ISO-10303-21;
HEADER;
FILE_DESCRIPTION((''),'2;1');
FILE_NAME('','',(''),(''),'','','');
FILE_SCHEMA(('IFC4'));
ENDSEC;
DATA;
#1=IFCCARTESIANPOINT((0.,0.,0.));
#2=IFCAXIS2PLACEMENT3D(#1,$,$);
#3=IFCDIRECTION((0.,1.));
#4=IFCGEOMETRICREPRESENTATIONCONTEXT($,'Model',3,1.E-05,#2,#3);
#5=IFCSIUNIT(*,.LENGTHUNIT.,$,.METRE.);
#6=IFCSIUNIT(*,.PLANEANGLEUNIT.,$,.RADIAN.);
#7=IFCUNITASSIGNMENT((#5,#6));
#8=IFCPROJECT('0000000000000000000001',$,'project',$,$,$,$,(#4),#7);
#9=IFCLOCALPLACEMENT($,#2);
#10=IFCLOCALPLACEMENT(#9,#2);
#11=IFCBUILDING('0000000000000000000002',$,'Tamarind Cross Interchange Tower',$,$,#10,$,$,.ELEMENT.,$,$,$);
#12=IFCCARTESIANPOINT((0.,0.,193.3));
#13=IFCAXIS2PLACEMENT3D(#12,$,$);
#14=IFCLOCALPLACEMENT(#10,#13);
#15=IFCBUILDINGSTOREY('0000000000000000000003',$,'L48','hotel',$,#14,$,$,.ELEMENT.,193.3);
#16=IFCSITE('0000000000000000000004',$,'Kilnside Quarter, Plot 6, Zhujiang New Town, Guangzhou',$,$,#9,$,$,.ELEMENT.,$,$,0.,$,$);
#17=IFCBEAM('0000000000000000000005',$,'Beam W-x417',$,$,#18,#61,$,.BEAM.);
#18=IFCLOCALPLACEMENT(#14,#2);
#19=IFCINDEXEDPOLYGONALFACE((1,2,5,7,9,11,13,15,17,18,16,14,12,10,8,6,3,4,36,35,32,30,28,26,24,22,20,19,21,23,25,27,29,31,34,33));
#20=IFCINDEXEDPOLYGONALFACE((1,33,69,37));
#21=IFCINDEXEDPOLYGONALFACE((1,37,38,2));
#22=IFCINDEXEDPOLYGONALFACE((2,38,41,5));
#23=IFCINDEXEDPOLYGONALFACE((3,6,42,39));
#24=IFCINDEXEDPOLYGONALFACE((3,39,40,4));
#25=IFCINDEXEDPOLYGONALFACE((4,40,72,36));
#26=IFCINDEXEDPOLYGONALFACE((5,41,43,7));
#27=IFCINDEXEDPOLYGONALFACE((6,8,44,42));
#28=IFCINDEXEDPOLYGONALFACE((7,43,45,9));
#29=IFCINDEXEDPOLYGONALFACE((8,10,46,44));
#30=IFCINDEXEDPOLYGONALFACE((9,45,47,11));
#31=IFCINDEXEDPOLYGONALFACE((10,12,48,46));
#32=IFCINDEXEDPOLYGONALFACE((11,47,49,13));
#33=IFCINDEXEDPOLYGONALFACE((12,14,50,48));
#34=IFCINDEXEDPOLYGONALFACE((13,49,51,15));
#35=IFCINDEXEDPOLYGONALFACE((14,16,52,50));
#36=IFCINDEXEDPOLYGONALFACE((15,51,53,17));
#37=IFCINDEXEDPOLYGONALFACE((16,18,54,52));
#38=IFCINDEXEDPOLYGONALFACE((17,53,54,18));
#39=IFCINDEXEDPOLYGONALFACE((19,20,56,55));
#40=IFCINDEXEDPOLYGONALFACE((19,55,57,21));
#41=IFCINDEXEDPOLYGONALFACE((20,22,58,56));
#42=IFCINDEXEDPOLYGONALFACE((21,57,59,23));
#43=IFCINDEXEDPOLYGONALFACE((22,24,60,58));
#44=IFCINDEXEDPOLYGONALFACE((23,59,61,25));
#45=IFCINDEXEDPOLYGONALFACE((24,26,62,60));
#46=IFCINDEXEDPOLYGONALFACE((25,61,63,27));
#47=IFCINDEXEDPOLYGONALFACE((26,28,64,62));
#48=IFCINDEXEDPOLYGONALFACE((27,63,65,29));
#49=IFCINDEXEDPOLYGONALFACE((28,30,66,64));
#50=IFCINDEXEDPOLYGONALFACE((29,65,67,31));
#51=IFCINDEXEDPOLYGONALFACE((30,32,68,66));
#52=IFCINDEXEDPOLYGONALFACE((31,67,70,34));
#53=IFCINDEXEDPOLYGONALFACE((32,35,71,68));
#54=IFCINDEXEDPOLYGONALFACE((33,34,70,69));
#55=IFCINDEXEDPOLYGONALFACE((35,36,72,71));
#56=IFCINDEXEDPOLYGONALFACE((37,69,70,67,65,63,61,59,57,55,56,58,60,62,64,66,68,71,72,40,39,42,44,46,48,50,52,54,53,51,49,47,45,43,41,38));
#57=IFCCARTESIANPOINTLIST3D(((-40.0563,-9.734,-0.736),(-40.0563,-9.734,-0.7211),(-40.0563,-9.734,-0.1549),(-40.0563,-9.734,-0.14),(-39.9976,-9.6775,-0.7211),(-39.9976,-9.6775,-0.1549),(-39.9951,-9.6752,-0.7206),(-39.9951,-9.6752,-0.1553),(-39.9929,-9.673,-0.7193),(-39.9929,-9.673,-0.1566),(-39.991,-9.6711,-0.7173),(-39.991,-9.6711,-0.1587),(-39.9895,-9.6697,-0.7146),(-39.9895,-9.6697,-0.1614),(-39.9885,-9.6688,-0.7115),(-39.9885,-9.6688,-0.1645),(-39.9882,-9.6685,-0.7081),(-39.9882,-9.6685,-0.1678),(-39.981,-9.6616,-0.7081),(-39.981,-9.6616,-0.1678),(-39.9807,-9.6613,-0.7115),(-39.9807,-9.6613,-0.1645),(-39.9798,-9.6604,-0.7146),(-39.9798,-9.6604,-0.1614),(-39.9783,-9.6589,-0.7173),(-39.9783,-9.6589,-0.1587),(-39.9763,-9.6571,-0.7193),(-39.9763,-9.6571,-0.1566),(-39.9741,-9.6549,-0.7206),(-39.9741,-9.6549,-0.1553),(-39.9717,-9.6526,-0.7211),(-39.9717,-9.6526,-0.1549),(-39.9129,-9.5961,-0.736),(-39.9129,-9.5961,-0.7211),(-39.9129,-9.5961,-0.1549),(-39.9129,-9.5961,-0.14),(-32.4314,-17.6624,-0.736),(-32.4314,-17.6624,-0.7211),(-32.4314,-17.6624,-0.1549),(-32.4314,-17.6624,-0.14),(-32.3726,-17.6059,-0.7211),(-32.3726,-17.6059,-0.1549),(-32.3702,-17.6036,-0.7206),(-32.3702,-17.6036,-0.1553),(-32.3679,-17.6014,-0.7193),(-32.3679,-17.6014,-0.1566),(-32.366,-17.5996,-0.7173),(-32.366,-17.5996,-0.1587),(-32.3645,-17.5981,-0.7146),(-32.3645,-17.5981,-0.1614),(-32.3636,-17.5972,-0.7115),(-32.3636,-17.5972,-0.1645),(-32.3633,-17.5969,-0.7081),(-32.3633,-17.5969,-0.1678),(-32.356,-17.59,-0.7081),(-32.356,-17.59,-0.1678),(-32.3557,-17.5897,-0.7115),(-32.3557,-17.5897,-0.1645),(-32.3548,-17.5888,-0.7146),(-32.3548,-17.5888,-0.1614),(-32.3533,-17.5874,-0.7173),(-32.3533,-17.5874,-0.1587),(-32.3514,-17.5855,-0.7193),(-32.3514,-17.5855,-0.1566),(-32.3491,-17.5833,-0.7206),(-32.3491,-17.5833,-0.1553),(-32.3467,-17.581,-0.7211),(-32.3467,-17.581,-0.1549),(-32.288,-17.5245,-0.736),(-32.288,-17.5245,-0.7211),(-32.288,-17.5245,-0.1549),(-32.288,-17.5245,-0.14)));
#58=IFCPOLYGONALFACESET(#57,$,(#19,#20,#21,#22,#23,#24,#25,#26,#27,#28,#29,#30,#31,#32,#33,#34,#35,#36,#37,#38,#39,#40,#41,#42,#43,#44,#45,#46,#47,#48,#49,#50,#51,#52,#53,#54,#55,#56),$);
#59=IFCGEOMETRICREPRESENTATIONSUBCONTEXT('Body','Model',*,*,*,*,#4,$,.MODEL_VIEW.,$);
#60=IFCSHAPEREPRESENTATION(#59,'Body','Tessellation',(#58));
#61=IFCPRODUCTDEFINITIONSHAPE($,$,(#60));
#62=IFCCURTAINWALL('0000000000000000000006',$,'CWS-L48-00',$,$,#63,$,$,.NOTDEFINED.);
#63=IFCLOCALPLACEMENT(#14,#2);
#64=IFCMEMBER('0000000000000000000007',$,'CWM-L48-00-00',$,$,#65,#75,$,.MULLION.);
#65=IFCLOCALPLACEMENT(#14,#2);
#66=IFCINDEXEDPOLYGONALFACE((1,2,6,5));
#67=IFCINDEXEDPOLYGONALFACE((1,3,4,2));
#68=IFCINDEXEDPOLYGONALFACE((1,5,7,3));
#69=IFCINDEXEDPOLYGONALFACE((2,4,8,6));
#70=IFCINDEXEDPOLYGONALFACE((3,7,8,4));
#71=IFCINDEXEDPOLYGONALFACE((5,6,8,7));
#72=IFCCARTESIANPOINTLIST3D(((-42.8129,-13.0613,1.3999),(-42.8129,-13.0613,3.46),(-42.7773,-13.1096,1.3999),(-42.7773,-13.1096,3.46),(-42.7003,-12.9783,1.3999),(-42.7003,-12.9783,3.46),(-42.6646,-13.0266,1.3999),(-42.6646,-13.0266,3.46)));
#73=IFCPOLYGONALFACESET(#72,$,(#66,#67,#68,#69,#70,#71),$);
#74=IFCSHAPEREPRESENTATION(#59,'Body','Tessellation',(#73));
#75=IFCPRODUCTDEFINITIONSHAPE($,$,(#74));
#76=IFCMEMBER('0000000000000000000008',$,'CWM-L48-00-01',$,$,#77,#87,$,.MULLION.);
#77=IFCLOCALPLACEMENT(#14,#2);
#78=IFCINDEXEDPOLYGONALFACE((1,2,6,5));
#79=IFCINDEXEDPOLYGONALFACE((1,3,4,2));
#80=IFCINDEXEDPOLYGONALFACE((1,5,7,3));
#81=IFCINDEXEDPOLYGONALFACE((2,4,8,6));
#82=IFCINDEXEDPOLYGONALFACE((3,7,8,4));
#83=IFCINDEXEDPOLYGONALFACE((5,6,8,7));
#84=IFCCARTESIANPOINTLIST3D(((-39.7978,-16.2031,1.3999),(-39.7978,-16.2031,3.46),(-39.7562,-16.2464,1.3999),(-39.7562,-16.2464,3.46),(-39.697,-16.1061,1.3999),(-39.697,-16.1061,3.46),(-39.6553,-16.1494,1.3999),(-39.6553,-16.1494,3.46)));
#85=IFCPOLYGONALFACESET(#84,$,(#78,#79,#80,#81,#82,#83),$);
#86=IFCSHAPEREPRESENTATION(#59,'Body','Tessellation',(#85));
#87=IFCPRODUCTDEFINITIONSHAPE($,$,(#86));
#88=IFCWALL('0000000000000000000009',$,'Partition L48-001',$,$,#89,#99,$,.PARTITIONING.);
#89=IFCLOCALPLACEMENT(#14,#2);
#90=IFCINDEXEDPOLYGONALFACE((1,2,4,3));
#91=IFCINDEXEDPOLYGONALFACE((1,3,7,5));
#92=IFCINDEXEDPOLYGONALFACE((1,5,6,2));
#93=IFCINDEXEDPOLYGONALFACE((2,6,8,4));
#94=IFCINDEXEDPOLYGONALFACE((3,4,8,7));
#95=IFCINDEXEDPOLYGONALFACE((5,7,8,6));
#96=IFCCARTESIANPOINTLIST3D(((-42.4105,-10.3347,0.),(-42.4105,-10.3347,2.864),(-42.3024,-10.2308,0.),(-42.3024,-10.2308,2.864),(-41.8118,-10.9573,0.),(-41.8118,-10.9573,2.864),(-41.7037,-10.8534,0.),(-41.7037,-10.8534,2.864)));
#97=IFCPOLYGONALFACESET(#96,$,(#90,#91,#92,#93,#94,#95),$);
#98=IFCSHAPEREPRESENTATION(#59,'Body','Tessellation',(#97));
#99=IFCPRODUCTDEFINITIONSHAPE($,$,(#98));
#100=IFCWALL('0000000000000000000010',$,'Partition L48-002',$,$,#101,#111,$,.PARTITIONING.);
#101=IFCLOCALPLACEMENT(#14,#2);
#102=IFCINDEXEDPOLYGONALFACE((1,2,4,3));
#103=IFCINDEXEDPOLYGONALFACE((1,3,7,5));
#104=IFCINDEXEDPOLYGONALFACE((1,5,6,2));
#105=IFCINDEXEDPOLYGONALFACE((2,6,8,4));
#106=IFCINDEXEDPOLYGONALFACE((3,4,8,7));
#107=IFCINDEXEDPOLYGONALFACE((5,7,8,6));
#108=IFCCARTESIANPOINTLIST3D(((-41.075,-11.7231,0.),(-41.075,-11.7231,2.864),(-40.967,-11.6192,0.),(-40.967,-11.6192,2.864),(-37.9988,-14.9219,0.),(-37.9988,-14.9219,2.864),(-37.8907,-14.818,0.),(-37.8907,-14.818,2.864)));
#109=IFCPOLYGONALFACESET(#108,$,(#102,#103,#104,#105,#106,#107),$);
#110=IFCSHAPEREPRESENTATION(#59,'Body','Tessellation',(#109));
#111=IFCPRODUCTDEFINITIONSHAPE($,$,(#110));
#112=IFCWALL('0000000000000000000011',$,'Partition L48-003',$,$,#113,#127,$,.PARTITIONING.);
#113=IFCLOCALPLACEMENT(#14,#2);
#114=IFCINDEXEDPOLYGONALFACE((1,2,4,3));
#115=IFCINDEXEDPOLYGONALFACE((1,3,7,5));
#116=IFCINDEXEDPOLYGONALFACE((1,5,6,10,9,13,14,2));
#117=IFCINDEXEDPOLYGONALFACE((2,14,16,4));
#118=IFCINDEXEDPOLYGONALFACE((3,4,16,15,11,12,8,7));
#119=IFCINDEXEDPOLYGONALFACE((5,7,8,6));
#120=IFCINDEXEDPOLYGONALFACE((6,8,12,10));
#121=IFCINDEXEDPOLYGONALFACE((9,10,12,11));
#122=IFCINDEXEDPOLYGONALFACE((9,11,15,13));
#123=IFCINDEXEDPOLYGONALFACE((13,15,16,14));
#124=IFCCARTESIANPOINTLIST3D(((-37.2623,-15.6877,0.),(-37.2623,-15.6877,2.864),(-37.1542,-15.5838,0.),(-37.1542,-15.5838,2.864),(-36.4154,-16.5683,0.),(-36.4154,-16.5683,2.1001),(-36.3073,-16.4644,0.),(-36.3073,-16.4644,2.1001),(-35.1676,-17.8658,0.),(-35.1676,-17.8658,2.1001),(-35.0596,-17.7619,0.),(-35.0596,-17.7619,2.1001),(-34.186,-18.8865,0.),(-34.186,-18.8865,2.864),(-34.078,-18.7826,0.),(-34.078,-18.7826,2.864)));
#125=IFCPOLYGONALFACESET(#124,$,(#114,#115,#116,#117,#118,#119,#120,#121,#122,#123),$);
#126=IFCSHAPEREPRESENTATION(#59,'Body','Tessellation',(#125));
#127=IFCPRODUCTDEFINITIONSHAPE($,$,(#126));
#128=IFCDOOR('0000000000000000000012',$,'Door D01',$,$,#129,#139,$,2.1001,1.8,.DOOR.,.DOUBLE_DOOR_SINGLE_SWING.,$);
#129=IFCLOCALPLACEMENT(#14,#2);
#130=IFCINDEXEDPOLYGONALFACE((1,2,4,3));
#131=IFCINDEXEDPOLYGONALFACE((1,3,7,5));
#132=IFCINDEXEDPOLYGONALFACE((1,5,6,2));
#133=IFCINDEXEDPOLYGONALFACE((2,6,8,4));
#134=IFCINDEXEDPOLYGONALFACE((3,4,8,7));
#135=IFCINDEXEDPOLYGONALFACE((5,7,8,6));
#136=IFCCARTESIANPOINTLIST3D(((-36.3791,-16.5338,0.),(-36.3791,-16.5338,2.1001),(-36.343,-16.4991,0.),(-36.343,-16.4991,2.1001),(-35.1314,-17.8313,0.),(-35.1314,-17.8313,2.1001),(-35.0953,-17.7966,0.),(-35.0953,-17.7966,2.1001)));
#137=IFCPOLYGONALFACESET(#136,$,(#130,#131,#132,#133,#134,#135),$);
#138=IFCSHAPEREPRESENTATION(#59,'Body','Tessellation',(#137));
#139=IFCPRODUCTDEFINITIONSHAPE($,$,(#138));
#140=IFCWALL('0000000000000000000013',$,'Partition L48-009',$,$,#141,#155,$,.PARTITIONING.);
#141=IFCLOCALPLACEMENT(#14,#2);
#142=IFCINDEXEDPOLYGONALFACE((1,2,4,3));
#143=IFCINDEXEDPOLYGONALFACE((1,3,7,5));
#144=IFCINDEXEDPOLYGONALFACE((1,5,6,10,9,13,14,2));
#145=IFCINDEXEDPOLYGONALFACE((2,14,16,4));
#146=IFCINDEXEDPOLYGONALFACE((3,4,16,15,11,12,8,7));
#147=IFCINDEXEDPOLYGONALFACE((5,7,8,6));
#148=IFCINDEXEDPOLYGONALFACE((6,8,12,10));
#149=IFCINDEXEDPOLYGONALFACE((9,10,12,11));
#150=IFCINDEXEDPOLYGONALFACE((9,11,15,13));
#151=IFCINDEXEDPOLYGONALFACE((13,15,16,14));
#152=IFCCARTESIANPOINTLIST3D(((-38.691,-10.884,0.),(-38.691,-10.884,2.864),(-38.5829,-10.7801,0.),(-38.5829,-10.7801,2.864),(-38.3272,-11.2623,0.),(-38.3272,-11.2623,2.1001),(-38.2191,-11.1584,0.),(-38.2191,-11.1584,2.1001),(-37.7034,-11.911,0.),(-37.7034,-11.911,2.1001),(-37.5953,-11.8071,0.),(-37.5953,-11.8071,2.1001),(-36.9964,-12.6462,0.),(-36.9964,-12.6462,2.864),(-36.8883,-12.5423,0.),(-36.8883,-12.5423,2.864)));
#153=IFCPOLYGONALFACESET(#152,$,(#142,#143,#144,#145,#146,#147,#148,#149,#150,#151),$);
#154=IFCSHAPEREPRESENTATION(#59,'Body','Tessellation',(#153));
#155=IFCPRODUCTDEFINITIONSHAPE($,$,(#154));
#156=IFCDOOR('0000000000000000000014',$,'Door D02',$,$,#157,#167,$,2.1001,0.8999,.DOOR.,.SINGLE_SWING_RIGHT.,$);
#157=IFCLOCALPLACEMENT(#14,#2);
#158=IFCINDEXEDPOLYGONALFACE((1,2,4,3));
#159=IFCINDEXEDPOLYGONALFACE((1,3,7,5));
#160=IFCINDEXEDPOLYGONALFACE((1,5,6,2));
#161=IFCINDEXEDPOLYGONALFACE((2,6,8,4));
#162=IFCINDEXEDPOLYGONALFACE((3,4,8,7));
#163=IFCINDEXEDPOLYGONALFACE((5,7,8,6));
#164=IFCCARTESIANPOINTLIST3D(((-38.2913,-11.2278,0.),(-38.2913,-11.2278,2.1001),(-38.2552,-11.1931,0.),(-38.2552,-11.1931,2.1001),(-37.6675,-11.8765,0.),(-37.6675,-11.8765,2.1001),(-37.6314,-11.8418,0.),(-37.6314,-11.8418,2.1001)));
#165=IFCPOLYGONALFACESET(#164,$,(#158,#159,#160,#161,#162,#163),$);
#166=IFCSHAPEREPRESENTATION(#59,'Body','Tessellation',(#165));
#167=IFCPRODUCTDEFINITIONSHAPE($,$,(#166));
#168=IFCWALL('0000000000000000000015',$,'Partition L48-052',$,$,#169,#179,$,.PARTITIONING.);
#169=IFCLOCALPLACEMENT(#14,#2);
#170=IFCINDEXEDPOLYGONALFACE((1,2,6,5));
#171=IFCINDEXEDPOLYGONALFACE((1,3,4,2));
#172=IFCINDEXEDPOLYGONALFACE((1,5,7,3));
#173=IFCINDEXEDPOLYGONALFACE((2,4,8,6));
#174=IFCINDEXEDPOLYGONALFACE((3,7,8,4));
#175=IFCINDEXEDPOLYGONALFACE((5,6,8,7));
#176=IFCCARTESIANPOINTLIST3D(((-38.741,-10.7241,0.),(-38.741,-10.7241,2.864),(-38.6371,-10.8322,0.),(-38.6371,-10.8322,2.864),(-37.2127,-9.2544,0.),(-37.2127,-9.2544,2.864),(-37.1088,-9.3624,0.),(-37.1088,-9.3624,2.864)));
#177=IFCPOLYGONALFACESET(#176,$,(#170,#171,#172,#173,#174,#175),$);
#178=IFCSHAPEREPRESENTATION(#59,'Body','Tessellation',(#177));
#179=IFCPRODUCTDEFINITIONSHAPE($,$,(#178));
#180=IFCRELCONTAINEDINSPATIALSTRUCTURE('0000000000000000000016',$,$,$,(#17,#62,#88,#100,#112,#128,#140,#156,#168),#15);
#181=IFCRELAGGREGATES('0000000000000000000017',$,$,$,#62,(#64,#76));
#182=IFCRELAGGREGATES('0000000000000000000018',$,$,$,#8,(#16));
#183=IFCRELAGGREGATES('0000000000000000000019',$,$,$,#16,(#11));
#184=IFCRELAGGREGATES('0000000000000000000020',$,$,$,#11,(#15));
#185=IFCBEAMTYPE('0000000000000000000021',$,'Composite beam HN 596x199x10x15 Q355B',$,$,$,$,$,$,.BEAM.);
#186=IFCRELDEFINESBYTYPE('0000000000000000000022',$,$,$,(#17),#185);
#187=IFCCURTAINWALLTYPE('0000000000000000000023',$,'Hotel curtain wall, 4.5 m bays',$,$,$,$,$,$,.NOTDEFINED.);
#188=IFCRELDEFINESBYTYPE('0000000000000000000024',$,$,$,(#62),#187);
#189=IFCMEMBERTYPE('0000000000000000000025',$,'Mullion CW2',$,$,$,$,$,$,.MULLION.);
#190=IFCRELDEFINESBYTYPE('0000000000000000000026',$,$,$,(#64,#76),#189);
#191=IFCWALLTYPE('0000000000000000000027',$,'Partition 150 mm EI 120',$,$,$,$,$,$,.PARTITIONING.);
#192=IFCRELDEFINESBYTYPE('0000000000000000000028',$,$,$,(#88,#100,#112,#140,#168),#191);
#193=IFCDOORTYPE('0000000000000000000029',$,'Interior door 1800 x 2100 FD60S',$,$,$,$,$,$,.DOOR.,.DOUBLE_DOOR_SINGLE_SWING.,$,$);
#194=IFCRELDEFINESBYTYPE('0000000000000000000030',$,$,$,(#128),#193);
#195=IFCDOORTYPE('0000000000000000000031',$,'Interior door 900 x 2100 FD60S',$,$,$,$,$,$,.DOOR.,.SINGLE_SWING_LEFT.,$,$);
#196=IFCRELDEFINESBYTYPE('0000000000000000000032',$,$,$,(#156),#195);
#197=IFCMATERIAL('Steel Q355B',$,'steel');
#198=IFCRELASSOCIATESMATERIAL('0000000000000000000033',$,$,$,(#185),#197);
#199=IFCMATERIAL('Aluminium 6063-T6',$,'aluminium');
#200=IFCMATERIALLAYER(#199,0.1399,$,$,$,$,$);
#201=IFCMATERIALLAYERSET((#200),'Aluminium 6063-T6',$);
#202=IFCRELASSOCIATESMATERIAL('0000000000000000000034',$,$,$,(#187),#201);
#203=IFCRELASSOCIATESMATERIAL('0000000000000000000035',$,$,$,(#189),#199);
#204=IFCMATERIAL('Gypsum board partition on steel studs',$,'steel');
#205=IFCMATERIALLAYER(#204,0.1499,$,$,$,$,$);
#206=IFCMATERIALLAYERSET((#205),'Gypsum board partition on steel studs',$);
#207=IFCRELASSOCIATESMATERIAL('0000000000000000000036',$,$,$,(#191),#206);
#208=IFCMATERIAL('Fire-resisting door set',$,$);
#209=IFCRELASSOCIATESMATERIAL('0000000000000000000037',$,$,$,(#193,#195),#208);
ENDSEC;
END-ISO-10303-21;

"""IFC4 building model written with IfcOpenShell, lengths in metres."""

from ifc_helpers import new_model, si_unit, direction, frame, frame_2d, origin, origin_2d, place, context, subcontext, project, spatial, rectangle, i_section, extrude, material, layer, layer_set, material_profile, profile_set, type_object, element, fill, aggregate, save


model = new_model("IFC4")

# Units and contexts
model_context = context("Model", 3, precision=1e-05, world=origin(), true_north=direction((0.0, 1.0)))
body_context = subcontext(model_context, "Body", "Model", "MODEL_VIEW")
ifc_project = project(units=[si_unit("LENGTHUNIT", "METRE"), si_unit("PLANEANGLEUNIT", "RADIAN")], contexts=[model_context])

# Site, building, storey
site_placement = place(None, origin())
site = spatial("IfcSite", under=ifc_project, at=site_placement, Name="Kilnside Quarter, Plot 6, Zhujiang New Town, Guangzhou", CompositionType="ELEMENT", RefElevation=0.0)
building_placement = place(site_placement, origin())
building = spatial("IfcBuilding", under=site, at=building_placement, Name="Tamarind Cross Interchange Tower", CompositionType="ELEMENT")
storey_placement = place(building_placement, frame((0.0, 0.0, 193.3)))
storey = spatial("IfcBuildingStorey", under=building, at=storey_placement, Name="L48", Description="hotel", CompositionType="ELEMENT", Elevation=193.3)

# Beam
ifc_material_1 = material(Name="Steel Q355B", Category="steel")
ifc_material_profile_1 = material_profile(ifc_material_1, i_section(OverallWidth=0.199, OverallDepth=0.5959, WebThickness=0.01, FlangeThickness=0.0149, FilletRadius=0.0129, at=origin_2d()), Name="HN 596x199x10x15")
ifc_profile_set_1 = profile_set([ifc_material_profile_1], Name="Steel Q355B")
beam_type_1 = type_object("IfcBeamType", Name="Composite beam HN 596x199x10x15 Q355B", PredefinedType="BEAM", material=ifc_profile_set_1)
beam_1_placement = place(storey_placement, frame((-39.9846, -9.665, -0.438), z_axis=(0.693178, -0.720766, 0.0), x_axis=(0.720766, 0.693178, 0.0)))
element("IfcBeam", 1, at=beam_1_placement, inside=storey, type_object=beam_type_1, Name="Beam W-x417", PredefinedType="BEAM", context=body_context, shape_type="SweptSolid", body=[
    extrude(i_section(OverallWidth=0.199, OverallDepth=0.5959, WebThickness=0.01, FlangeThickness=0.0149, FilletRadius=0.0129, at=origin_2d()), origin(), (0.0, 0.0, 1.0), 11.0),
])

# Curtain wall, members
ifc_material_2 = material(Name="Aluminium 6063-T6", Category="aluminium")
ifc_layer_1 = layer(ifc_material_2, 0.1399)
ifc_layer_set_1 = layer_set([ifc_layer_1], Name="Aluminium 6063-T6")
curtain_wall_type = type_object("IfcCurtainWallType", Name="Hotel curtain wall, 4.5 m bays", PredefinedType="NOTDEFINED", material=ifc_layer_set_1)
curtain_wall_placement = place(storey_placement, origin())
curtain_wall = element("IfcCurtainWall", 2, at=curtain_wall_placement, inside=storey, type_object=curtain_wall_type, Name="CWS-L48-00", PredefinedType="NOTDEFINED")
ifc_material_profile_2 = material_profile(ifc_material_2, rectangle(XDim=0.0601, YDim=0.1399, at=origin_2d()), Name="Mullion CW2")
ifc_profile_set_2 = profile_set([ifc_material_profile_2], Name="Aluminium 6063-T6")
member_type = type_object("IfcMemberType", Name="Mullion CW2", PredefinedType="MULLION", material=ifc_profile_set_2)
member_1_placement = place(storey_placement, frame((-42.7388, -13.0439, 1.3999), z_axis=(0.0, 0.0, 1.0), x_axis=(0.59316, -0.805084, 0.0)))
member_1 = element("IfcMember", 3, at=member_1_placement, type_object=member_type, Name="CWM-L48-00-00", PredefinedType="MULLION", context=body_context, shape_type="SweptSolid", body=[
    extrude(rectangle(XDim=0.0601, YDim=0.1399, at=origin_2d()), origin(), (0.0, 0.0, 1.0), 2.0601),
])
member_2_placement = place(storey_placement, frame((-39.7266, -16.1763, 1.3999), z_axis=(0.0, 0.0, 1.0), x_axis=(0.69317, -0.720774, 0.0)))
member_2 = element("IfcMember", 4, at=member_2_placement, type_object=member_type, Name="CWM-L48-00-01", PredefinedType="MULLION", context=body_context, shape_type="SweptSolid", body=[
    extrude(rectangle(XDim=0.0601, YDim=0.1399, at=origin_2d()), origin(), (0.0, 0.0, 1.0), 2.0601),
])
aggregate(curtain_wall, [member_1, member_2])

# Walls
ifc_material_3 = material(Name="Gypsum board partition on steel studs", Category="steel")
ifc_layer_2 = layer(ifc_material_3, 0.1499)
ifc_layer_set_2 = layer_set([ifc_layer_2], Name="Gypsum board partition on steel studs")
wall_type = type_object("IfcWallType", Name="Partition 150 mm EI 120", PredefinedType="PARTITIONING", material=ifc_layer_set_2)
wall_1_placement = place(storey_placement, frame((-42.3564, -10.2827, 0.0), z_axis=(0.0, 0.0, 1.0), x_axis=(0.69312, -0.720822, 0.0)))
element("IfcWall", 5, at=wall_1_placement, inside=storey, type_object=wall_type, Name="Partition L48-001", PredefinedType="PARTITIONING", context=body_context, shape_type="SweptSolid", body=[
    extrude(rectangle(XDim=0.8638, YDim=0.1499, at=frame_2d((0.4319, 0.0))), origin(), (0.0, 0.0, 1.0), 2.864),
])
wall_2_placement = place(storey_placement, frame((-41.021, -11.6711, 0.0), z_axis=(0.0, 0.0, 1.0), x_axis=(0.693164, -0.72078, 0.0)))
element("IfcWall", 6, at=wall_2_placement, inside=storey, type_object=wall_type, Name="Partition L48-002", PredefinedType="PARTITIONING", context=body_context, shape_type="SweptSolid", body=[
    extrude(rectangle(XDim=4.438, YDim=0.1499, at=frame_2d((2.219, 0.0))), origin(), (0.0, 0.0, 1.0), 2.864),
])

# Walls, openings, doors
wall_3_placement = place(storey_placement, frame((-37.2083, -15.6357, 0.0), z_axis=(0.0, 0.0, 1.0), x_axis=(0.693164, -0.72078, 0.0)))
wall_3 = element("IfcWall", 7, at=wall_3_placement, inside=storey, type_object=wall_type, Name="Partition L48-003", PredefinedType="PARTITIONING", context=body_context, shape_type="SweptSolid", body=[
    extrude(rectangle(XDim=4.438, YDim=0.1499, at=frame_2d((2.219, 0.0))), origin(), (0.0, 0.0, 1.0), 2.864),
])
opening_1_placement = place(wall_3_placement, frame((1.2219, 0.0, 0.0)))
opening_1 = element("IfcOpeningElement", 8, at=opening_1_placement, cuts=wall_3, PredefinedType="OPENING", context=body_context, shape_type="SweptSolid", body=[
    extrude(rectangle(XDim=1.8, YDim=2.1001, at=frame_2d((0.8999, 1.05))), frame((0.0, 0.085, 0.0), z_axis=(0.0, -1.0, 0.0), x_axis=(1.0, 0.0, 0.0)), (0.0, 0.0, 1.0), 0.1699),
])
ifc_material_4 = material(Name="Fire-resisting door set")
door_type_1 = type_object("IfcDoorType", Name="Interior door 1800 x 2100 FD60S", OperationType="DOUBLE_DOOR_SINGLE_SWING", PredefinedType="DOOR", material=ifc_material_4)
door_1_placement = place(opening_1_placement, frame((1.8, 0.0, 0.0), z_axis=(0.0, 0.0, 1.0), x_axis=(-1.0, 0.0, 0.0)))
door_1 = element("IfcDoor", 9, at=door_1_placement, inside=storey, type_object=door_type_1, Name="Door D01", OperationType="DOUBLE_DOOR_SINGLE_SWING", OverallHeight=2.1001, OverallWidth=1.8, PredefinedType="DOOR", context=body_context, shape_type="SweptSolid", body=[
    extrude(rectangle(XDim=1.8, YDim=2.1001, at=frame_2d((0.8999, 1.05))), frame((0.0, 0.0249, 0.0), z_axis=(0.0, -1.0, 0.0), x_axis=(1.0, 0.0, 0.0)), (0.0, 0.0, 1.0), 0.05),
])
fill(opening_1, door_1)
wall_4_placement = place(storey_placement, frame((-38.637, -10.832, 0.0), z_axis=(0.0, 0.0, 1.0), x_axis=(0.693141, -0.720802, 0.0)))
wall_4 = element("IfcWall", 10, at=wall_4_placement, inside=storey, type_object=wall_type, Name="Partition L48-009", PredefinedType="PARTITIONING", context=body_context, shape_type="SweptSolid", body=[
    extrude(rectangle(XDim=2.4448, YDim=0.1499, at=frame_2d((1.2224, 0.0))), origin(), (0.0, 0.0, 1.0), 2.864),
])
opening_2_placement = place(wall_4_placement, frame((0.5249, 0.0, 0.0)))
opening_2 = element("IfcOpeningElement", 11, at=opening_2_placement, cuts=wall_4, PredefinedType="OPENING", context=body_context, shape_type="SweptSolid", body=[
    extrude(rectangle(XDim=0.8999, YDim=2.1001, at=frame_2d((0.45, 1.05))), frame((0.0, 0.085, 0.0), z_axis=(0.0, -1.0, 0.0), x_axis=(1.0, 0.0, 0.0)), (0.0, 0.0, 1.0), 0.1699),
])
door_type_2 = type_object("IfcDoorType", Name="Interior door 900 x 2100 FD60S", OperationType="SINGLE_SWING_LEFT", PredefinedType="DOOR", material=ifc_material_4)
door_2_placement = place(opening_2_placement, origin())
door_2 = element("IfcDoor", 12, at=door_2_placement, inside=storey, type_object=door_type_2, Name="Door D02", OperationType="SINGLE_SWING_RIGHT", OverallHeight=2.1001, OverallWidth=0.8999, PredefinedType="DOOR", context=body_context, shape_type="SweptSolid", body=[
    extrude(rectangle(XDim=0.8999, YDim=2.1001, at=frame_2d((0.45, 1.05))), frame((0.0, 0.0249, 0.0), z_axis=(0.0, -1.0, 0.0), x_axis=(1.0, 0.0, 0.0)), (0.0, 0.0, 1.0), 0.05),
])
fill(opening_2, door_2)

# Wall
wall_5_placement = place(storey_placement, frame((-38.689, -10.7781, 0.0), z_axis=(0.0, 0.0, 1.0), x_axis=(0.720789, 0.693155, 0.0)))
element("IfcWall", 13, at=wall_5_placement, inside=storey, type_object=wall_type, Name="Partition L48-052", PredefinedType="PARTITIONING", context=body_context, shape_type="SweptSolid", body=[
    extrude(rectangle(XDim=2.1204, YDim=0.1499, at=frame_2d((1.0601, 0.0))), origin(), (0.0, 0.0, 1.0), 2.864),
])

save(model, "model.ifc")
